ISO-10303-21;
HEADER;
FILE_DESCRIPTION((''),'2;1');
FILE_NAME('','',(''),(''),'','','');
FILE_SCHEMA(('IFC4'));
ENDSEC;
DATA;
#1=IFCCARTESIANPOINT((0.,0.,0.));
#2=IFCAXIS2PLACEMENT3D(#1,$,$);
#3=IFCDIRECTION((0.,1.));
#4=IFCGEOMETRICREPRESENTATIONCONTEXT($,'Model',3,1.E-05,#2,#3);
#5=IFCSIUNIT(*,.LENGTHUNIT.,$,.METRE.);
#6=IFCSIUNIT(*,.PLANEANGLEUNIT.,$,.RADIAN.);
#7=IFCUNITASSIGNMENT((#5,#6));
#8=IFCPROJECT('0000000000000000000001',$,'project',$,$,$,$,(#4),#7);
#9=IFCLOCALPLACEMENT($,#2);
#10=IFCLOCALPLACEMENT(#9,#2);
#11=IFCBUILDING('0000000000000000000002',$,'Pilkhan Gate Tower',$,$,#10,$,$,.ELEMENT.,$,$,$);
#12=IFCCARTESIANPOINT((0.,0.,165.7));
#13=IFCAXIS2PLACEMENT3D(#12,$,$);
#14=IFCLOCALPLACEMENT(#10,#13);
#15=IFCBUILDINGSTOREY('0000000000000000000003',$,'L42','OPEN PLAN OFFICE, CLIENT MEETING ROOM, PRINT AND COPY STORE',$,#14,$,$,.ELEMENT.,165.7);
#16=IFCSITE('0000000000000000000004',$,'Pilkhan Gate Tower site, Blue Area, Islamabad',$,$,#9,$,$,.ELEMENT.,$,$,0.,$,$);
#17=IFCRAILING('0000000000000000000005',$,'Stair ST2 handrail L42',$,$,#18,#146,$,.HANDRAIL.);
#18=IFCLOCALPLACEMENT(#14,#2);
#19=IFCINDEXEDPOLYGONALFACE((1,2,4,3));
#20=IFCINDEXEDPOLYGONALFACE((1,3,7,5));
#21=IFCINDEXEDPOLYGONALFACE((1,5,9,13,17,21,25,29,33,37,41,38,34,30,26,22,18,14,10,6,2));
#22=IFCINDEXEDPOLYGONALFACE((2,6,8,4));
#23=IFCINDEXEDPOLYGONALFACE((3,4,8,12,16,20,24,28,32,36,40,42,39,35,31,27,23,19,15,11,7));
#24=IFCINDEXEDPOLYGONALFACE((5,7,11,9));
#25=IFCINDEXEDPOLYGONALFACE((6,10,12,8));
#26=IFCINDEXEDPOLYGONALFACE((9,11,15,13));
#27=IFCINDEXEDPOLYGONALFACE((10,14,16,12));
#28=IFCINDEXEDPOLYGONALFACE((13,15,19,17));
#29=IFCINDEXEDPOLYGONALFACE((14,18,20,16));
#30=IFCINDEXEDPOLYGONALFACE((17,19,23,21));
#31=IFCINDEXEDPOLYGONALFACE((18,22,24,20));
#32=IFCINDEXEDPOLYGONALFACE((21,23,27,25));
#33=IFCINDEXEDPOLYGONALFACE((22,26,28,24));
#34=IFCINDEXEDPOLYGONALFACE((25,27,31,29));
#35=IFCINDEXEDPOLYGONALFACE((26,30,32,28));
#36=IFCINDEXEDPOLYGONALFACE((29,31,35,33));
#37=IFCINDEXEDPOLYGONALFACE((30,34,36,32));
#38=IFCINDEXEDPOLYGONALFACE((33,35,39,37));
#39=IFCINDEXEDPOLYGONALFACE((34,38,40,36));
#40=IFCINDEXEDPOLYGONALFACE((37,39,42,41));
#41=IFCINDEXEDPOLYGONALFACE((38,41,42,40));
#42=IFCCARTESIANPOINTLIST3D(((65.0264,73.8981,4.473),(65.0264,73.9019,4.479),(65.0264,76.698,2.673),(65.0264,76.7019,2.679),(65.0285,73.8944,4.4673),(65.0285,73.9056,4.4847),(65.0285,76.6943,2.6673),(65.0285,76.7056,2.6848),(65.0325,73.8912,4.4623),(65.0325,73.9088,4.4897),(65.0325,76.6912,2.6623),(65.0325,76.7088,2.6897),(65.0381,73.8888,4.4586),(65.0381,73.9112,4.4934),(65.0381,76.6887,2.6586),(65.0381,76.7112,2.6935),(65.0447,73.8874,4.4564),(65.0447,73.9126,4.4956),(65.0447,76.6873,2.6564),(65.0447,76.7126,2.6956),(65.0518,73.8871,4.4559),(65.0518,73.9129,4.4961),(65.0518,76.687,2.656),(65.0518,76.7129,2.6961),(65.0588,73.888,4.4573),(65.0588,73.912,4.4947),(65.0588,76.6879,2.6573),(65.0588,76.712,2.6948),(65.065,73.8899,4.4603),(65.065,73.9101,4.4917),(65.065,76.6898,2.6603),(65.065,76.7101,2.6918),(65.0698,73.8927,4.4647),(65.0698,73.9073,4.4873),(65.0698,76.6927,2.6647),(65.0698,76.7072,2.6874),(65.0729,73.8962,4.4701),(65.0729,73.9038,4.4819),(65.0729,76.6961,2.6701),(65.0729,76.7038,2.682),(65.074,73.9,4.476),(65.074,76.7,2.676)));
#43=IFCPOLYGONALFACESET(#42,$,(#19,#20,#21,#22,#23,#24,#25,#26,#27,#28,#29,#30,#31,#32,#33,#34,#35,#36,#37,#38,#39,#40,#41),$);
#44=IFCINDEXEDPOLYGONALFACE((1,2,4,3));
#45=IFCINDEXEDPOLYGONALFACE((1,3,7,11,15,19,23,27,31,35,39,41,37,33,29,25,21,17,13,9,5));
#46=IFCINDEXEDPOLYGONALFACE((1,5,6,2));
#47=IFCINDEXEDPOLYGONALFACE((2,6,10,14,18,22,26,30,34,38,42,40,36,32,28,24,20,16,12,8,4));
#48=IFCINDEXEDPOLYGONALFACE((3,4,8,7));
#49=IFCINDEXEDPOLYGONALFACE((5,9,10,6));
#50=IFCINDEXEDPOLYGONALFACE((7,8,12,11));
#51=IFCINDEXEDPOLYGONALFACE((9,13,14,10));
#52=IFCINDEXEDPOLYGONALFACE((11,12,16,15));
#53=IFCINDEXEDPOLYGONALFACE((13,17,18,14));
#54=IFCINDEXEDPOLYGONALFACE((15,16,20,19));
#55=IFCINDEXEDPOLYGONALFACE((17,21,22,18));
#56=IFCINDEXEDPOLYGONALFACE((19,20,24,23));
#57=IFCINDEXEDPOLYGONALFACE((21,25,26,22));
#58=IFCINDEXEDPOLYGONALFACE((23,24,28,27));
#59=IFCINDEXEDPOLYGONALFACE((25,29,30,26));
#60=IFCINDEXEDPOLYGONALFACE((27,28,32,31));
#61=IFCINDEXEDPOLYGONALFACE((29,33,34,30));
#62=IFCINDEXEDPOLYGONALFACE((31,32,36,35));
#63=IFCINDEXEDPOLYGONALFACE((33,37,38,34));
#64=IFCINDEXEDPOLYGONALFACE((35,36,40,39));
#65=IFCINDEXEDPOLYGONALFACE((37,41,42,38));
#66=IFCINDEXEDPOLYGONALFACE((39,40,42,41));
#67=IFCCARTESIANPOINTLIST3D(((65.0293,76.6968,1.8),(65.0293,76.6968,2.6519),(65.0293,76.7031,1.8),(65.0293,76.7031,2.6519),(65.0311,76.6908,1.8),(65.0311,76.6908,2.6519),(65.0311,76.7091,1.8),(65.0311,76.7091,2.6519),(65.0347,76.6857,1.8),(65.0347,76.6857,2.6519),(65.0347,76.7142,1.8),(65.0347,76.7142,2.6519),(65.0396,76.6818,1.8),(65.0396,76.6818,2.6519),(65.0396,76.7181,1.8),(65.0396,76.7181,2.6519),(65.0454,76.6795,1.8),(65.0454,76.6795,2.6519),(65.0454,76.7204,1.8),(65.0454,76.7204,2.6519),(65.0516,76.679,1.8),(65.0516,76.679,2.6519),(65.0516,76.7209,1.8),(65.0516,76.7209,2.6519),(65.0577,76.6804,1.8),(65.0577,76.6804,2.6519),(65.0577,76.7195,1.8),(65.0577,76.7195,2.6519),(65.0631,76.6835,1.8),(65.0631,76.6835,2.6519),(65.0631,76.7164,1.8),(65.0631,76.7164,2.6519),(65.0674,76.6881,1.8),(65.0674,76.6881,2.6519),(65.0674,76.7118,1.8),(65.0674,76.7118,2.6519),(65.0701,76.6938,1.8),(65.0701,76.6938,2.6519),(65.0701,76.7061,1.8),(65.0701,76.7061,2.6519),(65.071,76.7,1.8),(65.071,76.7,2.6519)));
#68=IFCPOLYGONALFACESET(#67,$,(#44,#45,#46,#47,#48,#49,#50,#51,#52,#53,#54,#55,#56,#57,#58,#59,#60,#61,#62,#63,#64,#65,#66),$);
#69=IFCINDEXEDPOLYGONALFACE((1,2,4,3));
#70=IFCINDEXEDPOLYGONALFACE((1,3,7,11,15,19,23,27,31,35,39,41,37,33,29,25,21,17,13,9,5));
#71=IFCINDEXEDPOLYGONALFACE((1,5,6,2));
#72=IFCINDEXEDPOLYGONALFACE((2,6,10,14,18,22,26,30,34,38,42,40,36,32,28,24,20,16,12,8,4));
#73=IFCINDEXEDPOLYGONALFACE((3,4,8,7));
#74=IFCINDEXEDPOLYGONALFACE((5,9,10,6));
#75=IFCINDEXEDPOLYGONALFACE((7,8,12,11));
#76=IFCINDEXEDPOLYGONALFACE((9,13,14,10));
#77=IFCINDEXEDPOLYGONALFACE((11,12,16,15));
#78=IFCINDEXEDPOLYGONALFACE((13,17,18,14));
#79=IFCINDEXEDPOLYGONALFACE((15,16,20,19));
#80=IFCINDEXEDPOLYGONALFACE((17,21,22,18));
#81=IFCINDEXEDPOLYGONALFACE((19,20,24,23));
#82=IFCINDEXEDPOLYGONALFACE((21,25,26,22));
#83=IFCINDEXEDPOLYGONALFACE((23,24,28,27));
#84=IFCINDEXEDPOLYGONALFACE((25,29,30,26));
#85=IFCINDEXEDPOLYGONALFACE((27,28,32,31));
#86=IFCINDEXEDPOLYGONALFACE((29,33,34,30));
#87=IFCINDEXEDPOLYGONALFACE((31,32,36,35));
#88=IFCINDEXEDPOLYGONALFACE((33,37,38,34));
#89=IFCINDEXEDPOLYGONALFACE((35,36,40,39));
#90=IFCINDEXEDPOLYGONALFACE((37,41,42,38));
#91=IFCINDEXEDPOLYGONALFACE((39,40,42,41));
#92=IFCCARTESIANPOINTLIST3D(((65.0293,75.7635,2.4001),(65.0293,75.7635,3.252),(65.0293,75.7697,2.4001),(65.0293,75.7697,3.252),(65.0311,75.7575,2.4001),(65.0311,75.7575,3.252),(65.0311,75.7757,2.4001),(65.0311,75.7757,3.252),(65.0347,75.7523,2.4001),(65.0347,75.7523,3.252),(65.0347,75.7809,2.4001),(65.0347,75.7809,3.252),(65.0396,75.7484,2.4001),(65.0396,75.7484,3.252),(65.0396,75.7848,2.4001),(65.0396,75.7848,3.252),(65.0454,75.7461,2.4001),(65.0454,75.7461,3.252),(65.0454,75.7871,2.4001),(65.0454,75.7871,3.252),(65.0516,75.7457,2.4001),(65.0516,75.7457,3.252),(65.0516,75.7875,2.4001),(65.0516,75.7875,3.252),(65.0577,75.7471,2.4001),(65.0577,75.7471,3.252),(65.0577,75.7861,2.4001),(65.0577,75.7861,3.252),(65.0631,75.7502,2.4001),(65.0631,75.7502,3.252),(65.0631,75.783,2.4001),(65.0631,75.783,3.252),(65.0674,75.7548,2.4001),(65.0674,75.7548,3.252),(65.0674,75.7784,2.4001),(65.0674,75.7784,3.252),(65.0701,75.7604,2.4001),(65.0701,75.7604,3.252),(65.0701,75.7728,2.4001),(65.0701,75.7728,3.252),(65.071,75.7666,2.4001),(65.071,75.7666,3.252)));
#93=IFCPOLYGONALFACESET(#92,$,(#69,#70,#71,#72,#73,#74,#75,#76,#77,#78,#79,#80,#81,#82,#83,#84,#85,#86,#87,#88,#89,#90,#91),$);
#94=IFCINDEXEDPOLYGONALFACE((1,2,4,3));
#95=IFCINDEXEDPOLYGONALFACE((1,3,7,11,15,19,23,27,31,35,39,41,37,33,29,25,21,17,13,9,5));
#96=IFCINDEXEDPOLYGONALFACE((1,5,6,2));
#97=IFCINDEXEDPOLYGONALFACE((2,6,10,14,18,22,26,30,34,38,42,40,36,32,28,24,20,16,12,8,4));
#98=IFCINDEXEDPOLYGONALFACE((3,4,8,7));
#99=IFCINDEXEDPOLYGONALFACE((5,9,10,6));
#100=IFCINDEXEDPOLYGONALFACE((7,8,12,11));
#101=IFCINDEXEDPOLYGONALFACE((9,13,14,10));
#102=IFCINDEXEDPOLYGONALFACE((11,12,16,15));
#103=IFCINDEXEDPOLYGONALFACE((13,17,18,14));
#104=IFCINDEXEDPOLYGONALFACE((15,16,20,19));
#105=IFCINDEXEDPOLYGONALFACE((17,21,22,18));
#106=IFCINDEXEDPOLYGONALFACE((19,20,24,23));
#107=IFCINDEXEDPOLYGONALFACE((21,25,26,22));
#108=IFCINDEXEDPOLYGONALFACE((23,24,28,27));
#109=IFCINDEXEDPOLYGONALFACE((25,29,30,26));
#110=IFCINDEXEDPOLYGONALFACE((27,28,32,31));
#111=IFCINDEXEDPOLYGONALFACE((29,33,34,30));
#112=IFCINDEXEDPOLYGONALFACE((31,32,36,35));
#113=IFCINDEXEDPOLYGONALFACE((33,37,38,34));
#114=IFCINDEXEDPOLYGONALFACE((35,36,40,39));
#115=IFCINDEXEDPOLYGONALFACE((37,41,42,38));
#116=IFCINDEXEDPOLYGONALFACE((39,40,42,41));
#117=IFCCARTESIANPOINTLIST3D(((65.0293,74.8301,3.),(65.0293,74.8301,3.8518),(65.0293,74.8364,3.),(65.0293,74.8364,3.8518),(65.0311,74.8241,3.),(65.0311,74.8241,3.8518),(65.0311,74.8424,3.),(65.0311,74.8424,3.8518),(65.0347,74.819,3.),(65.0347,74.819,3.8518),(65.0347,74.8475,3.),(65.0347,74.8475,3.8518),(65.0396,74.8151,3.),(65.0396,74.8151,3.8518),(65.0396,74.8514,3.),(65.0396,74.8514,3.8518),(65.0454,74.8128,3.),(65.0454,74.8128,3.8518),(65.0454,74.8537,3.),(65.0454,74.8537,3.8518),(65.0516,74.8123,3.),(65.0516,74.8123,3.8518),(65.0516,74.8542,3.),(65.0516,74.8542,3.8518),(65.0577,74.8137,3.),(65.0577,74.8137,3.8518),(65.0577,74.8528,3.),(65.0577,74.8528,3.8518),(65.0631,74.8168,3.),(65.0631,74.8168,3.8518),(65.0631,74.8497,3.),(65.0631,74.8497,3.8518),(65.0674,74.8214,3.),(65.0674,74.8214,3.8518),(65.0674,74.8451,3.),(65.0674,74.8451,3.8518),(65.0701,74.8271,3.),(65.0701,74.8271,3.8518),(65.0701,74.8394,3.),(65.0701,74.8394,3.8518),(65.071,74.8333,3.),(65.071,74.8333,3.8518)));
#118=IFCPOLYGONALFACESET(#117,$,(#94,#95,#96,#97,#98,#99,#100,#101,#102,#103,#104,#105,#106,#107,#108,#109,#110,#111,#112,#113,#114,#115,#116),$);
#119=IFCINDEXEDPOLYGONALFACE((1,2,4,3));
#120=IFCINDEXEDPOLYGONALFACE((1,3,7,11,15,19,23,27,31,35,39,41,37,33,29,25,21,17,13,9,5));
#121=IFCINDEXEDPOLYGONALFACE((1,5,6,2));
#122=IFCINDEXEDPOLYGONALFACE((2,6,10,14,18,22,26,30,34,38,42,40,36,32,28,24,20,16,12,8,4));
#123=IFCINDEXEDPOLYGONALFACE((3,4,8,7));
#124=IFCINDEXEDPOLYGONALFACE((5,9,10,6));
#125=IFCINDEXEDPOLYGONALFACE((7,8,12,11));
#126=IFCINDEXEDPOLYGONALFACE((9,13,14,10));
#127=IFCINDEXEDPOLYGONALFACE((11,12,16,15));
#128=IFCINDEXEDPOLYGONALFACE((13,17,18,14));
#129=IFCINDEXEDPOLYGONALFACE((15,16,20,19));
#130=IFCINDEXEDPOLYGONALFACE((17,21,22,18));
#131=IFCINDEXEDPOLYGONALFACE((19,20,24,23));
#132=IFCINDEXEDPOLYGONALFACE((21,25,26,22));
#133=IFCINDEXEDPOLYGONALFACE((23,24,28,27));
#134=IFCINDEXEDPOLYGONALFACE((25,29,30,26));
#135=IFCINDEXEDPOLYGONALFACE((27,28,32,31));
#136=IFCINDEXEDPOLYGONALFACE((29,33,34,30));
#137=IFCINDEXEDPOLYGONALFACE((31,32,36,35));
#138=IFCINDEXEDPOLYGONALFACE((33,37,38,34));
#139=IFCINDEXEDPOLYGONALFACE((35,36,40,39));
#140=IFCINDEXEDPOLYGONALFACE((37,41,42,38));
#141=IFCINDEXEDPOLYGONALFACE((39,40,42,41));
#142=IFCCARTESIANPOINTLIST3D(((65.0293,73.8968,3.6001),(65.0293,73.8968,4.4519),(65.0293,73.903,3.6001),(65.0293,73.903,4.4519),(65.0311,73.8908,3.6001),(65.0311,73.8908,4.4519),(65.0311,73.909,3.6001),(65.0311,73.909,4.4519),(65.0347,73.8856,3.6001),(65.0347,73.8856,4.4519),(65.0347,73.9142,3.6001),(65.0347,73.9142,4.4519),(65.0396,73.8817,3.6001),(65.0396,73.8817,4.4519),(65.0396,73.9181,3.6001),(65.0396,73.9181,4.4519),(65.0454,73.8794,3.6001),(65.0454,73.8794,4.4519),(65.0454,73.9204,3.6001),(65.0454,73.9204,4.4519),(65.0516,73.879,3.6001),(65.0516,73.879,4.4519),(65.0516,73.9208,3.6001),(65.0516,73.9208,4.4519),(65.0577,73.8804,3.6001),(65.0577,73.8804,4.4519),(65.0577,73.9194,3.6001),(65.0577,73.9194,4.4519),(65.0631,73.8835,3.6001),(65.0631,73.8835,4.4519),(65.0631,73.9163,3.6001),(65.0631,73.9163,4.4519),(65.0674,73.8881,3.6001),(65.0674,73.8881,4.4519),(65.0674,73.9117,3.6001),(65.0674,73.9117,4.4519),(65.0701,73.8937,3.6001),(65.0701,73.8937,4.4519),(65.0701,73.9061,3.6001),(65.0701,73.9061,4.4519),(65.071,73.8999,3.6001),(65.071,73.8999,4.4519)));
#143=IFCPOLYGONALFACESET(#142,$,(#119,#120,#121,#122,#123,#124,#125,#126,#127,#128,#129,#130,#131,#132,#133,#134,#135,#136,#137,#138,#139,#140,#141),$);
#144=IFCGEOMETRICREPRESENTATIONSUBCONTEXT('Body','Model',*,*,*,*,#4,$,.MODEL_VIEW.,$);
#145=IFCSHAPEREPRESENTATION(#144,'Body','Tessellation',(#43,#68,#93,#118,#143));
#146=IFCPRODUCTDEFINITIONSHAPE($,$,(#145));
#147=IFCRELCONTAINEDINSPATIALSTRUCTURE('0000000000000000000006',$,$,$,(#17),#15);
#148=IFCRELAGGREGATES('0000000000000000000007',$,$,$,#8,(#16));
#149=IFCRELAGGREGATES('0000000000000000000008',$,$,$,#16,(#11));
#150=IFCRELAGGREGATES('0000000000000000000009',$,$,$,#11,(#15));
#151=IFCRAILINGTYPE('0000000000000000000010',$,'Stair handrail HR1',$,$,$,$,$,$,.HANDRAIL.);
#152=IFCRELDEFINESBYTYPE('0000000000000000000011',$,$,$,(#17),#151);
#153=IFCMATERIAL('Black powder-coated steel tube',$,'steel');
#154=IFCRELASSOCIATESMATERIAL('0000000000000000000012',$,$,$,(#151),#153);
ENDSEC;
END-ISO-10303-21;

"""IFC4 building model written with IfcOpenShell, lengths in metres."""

from ifc_helpers import new_model, si_unit, direction, frame, origin, origin_2d, place, context, subcontext, project, spatial, circle, extrude, material, type_object, element, save


model = new_model("IFC4")

# Units and contexts
model_context = context("Model", 3, precision=1e-05, world=origin(), true_north=direction((0.0, 1.0)))
body_context = subcontext(model_context, "Body", "Model", "MODEL_VIEW")
ifc_project = project(units=[si_unit("LENGTHUNIT", "METRE"), si_unit("PLANEANGLEUNIT", "RADIAN")], contexts=[model_context])

# Site, building, storey
site_placement = place(None, origin())
site = spatial("IfcSite", under=ifc_project, at=site_placement, Name="Pilkhan Gate Tower site, Blue Area, Islamabad", CompositionType="ELEMENT", RefElevation=0.0)
building_placement = place(site_placement, origin())
building = spatial("IfcBuilding", under=site, at=building_placement, Name="Pilkhan Gate Tower", CompositionType="ELEMENT")
storey_placement = place(building_placement, frame((0.0, 0.0, 165.7)))
storey = spatial("IfcBuildingStorey", under=building, at=storey_placement, Name="L42", Description="OPEN PLAN OFFICE, CLIENT MEETING ROOM, PRINT AND COPY STORE", CompositionType="ELEMENT", Elevation=165.7)

# Railing
ifc_material_1 = material(Name="Black powder-coated steel tube", Category="steel")
railing_type_1 = type_object("IfcRailingType", Name="Stair handrail HR1", PredefinedType="HANDRAIL", material=ifc_material_1)
railing_1_placement = place(storey_placement, frame((65.05, 76.7, 1.8)))
element("IfcRailing", 1, at=railing_1_placement, inside=storey, type_object=railing_type_1, Name="Stair ST2 handrail L42", PredefinedType="HANDRAIL", context=body_context, shape_type="SweptSolid", body=[
    extrude(circle(Radius=0.0239, at=origin_2d()), frame((0.0, 0.0, 0.876), z_axis=(0.0, -0.841176, 0.540761), x_axis=(1.0, 0.0, 0.0)), (0.0, 0.0, 1.0), 3.3286),
    extrude(circle(Radius=0.021, at=origin_2d()), origin(), (0.0, 0.0, 1.0), 0.8518),
    extrude(circle(Radius=0.021, at=origin_2d()), frame((0.0, -0.9333, 0.6001)), (0.0, 0.0, 1.0), 0.8518),
    extrude(circle(Radius=0.021, at=origin_2d()), frame((0.0, -1.8667, 1.2)), (0.0, 0.0, 1.0), 0.8518),
    extrude(circle(Radius=0.021, at=origin_2d()), frame((0.0, -2.8, 1.8)), (0.0, 0.0, 1.0), 0.8518),
])

save(model, "model.ifc")
